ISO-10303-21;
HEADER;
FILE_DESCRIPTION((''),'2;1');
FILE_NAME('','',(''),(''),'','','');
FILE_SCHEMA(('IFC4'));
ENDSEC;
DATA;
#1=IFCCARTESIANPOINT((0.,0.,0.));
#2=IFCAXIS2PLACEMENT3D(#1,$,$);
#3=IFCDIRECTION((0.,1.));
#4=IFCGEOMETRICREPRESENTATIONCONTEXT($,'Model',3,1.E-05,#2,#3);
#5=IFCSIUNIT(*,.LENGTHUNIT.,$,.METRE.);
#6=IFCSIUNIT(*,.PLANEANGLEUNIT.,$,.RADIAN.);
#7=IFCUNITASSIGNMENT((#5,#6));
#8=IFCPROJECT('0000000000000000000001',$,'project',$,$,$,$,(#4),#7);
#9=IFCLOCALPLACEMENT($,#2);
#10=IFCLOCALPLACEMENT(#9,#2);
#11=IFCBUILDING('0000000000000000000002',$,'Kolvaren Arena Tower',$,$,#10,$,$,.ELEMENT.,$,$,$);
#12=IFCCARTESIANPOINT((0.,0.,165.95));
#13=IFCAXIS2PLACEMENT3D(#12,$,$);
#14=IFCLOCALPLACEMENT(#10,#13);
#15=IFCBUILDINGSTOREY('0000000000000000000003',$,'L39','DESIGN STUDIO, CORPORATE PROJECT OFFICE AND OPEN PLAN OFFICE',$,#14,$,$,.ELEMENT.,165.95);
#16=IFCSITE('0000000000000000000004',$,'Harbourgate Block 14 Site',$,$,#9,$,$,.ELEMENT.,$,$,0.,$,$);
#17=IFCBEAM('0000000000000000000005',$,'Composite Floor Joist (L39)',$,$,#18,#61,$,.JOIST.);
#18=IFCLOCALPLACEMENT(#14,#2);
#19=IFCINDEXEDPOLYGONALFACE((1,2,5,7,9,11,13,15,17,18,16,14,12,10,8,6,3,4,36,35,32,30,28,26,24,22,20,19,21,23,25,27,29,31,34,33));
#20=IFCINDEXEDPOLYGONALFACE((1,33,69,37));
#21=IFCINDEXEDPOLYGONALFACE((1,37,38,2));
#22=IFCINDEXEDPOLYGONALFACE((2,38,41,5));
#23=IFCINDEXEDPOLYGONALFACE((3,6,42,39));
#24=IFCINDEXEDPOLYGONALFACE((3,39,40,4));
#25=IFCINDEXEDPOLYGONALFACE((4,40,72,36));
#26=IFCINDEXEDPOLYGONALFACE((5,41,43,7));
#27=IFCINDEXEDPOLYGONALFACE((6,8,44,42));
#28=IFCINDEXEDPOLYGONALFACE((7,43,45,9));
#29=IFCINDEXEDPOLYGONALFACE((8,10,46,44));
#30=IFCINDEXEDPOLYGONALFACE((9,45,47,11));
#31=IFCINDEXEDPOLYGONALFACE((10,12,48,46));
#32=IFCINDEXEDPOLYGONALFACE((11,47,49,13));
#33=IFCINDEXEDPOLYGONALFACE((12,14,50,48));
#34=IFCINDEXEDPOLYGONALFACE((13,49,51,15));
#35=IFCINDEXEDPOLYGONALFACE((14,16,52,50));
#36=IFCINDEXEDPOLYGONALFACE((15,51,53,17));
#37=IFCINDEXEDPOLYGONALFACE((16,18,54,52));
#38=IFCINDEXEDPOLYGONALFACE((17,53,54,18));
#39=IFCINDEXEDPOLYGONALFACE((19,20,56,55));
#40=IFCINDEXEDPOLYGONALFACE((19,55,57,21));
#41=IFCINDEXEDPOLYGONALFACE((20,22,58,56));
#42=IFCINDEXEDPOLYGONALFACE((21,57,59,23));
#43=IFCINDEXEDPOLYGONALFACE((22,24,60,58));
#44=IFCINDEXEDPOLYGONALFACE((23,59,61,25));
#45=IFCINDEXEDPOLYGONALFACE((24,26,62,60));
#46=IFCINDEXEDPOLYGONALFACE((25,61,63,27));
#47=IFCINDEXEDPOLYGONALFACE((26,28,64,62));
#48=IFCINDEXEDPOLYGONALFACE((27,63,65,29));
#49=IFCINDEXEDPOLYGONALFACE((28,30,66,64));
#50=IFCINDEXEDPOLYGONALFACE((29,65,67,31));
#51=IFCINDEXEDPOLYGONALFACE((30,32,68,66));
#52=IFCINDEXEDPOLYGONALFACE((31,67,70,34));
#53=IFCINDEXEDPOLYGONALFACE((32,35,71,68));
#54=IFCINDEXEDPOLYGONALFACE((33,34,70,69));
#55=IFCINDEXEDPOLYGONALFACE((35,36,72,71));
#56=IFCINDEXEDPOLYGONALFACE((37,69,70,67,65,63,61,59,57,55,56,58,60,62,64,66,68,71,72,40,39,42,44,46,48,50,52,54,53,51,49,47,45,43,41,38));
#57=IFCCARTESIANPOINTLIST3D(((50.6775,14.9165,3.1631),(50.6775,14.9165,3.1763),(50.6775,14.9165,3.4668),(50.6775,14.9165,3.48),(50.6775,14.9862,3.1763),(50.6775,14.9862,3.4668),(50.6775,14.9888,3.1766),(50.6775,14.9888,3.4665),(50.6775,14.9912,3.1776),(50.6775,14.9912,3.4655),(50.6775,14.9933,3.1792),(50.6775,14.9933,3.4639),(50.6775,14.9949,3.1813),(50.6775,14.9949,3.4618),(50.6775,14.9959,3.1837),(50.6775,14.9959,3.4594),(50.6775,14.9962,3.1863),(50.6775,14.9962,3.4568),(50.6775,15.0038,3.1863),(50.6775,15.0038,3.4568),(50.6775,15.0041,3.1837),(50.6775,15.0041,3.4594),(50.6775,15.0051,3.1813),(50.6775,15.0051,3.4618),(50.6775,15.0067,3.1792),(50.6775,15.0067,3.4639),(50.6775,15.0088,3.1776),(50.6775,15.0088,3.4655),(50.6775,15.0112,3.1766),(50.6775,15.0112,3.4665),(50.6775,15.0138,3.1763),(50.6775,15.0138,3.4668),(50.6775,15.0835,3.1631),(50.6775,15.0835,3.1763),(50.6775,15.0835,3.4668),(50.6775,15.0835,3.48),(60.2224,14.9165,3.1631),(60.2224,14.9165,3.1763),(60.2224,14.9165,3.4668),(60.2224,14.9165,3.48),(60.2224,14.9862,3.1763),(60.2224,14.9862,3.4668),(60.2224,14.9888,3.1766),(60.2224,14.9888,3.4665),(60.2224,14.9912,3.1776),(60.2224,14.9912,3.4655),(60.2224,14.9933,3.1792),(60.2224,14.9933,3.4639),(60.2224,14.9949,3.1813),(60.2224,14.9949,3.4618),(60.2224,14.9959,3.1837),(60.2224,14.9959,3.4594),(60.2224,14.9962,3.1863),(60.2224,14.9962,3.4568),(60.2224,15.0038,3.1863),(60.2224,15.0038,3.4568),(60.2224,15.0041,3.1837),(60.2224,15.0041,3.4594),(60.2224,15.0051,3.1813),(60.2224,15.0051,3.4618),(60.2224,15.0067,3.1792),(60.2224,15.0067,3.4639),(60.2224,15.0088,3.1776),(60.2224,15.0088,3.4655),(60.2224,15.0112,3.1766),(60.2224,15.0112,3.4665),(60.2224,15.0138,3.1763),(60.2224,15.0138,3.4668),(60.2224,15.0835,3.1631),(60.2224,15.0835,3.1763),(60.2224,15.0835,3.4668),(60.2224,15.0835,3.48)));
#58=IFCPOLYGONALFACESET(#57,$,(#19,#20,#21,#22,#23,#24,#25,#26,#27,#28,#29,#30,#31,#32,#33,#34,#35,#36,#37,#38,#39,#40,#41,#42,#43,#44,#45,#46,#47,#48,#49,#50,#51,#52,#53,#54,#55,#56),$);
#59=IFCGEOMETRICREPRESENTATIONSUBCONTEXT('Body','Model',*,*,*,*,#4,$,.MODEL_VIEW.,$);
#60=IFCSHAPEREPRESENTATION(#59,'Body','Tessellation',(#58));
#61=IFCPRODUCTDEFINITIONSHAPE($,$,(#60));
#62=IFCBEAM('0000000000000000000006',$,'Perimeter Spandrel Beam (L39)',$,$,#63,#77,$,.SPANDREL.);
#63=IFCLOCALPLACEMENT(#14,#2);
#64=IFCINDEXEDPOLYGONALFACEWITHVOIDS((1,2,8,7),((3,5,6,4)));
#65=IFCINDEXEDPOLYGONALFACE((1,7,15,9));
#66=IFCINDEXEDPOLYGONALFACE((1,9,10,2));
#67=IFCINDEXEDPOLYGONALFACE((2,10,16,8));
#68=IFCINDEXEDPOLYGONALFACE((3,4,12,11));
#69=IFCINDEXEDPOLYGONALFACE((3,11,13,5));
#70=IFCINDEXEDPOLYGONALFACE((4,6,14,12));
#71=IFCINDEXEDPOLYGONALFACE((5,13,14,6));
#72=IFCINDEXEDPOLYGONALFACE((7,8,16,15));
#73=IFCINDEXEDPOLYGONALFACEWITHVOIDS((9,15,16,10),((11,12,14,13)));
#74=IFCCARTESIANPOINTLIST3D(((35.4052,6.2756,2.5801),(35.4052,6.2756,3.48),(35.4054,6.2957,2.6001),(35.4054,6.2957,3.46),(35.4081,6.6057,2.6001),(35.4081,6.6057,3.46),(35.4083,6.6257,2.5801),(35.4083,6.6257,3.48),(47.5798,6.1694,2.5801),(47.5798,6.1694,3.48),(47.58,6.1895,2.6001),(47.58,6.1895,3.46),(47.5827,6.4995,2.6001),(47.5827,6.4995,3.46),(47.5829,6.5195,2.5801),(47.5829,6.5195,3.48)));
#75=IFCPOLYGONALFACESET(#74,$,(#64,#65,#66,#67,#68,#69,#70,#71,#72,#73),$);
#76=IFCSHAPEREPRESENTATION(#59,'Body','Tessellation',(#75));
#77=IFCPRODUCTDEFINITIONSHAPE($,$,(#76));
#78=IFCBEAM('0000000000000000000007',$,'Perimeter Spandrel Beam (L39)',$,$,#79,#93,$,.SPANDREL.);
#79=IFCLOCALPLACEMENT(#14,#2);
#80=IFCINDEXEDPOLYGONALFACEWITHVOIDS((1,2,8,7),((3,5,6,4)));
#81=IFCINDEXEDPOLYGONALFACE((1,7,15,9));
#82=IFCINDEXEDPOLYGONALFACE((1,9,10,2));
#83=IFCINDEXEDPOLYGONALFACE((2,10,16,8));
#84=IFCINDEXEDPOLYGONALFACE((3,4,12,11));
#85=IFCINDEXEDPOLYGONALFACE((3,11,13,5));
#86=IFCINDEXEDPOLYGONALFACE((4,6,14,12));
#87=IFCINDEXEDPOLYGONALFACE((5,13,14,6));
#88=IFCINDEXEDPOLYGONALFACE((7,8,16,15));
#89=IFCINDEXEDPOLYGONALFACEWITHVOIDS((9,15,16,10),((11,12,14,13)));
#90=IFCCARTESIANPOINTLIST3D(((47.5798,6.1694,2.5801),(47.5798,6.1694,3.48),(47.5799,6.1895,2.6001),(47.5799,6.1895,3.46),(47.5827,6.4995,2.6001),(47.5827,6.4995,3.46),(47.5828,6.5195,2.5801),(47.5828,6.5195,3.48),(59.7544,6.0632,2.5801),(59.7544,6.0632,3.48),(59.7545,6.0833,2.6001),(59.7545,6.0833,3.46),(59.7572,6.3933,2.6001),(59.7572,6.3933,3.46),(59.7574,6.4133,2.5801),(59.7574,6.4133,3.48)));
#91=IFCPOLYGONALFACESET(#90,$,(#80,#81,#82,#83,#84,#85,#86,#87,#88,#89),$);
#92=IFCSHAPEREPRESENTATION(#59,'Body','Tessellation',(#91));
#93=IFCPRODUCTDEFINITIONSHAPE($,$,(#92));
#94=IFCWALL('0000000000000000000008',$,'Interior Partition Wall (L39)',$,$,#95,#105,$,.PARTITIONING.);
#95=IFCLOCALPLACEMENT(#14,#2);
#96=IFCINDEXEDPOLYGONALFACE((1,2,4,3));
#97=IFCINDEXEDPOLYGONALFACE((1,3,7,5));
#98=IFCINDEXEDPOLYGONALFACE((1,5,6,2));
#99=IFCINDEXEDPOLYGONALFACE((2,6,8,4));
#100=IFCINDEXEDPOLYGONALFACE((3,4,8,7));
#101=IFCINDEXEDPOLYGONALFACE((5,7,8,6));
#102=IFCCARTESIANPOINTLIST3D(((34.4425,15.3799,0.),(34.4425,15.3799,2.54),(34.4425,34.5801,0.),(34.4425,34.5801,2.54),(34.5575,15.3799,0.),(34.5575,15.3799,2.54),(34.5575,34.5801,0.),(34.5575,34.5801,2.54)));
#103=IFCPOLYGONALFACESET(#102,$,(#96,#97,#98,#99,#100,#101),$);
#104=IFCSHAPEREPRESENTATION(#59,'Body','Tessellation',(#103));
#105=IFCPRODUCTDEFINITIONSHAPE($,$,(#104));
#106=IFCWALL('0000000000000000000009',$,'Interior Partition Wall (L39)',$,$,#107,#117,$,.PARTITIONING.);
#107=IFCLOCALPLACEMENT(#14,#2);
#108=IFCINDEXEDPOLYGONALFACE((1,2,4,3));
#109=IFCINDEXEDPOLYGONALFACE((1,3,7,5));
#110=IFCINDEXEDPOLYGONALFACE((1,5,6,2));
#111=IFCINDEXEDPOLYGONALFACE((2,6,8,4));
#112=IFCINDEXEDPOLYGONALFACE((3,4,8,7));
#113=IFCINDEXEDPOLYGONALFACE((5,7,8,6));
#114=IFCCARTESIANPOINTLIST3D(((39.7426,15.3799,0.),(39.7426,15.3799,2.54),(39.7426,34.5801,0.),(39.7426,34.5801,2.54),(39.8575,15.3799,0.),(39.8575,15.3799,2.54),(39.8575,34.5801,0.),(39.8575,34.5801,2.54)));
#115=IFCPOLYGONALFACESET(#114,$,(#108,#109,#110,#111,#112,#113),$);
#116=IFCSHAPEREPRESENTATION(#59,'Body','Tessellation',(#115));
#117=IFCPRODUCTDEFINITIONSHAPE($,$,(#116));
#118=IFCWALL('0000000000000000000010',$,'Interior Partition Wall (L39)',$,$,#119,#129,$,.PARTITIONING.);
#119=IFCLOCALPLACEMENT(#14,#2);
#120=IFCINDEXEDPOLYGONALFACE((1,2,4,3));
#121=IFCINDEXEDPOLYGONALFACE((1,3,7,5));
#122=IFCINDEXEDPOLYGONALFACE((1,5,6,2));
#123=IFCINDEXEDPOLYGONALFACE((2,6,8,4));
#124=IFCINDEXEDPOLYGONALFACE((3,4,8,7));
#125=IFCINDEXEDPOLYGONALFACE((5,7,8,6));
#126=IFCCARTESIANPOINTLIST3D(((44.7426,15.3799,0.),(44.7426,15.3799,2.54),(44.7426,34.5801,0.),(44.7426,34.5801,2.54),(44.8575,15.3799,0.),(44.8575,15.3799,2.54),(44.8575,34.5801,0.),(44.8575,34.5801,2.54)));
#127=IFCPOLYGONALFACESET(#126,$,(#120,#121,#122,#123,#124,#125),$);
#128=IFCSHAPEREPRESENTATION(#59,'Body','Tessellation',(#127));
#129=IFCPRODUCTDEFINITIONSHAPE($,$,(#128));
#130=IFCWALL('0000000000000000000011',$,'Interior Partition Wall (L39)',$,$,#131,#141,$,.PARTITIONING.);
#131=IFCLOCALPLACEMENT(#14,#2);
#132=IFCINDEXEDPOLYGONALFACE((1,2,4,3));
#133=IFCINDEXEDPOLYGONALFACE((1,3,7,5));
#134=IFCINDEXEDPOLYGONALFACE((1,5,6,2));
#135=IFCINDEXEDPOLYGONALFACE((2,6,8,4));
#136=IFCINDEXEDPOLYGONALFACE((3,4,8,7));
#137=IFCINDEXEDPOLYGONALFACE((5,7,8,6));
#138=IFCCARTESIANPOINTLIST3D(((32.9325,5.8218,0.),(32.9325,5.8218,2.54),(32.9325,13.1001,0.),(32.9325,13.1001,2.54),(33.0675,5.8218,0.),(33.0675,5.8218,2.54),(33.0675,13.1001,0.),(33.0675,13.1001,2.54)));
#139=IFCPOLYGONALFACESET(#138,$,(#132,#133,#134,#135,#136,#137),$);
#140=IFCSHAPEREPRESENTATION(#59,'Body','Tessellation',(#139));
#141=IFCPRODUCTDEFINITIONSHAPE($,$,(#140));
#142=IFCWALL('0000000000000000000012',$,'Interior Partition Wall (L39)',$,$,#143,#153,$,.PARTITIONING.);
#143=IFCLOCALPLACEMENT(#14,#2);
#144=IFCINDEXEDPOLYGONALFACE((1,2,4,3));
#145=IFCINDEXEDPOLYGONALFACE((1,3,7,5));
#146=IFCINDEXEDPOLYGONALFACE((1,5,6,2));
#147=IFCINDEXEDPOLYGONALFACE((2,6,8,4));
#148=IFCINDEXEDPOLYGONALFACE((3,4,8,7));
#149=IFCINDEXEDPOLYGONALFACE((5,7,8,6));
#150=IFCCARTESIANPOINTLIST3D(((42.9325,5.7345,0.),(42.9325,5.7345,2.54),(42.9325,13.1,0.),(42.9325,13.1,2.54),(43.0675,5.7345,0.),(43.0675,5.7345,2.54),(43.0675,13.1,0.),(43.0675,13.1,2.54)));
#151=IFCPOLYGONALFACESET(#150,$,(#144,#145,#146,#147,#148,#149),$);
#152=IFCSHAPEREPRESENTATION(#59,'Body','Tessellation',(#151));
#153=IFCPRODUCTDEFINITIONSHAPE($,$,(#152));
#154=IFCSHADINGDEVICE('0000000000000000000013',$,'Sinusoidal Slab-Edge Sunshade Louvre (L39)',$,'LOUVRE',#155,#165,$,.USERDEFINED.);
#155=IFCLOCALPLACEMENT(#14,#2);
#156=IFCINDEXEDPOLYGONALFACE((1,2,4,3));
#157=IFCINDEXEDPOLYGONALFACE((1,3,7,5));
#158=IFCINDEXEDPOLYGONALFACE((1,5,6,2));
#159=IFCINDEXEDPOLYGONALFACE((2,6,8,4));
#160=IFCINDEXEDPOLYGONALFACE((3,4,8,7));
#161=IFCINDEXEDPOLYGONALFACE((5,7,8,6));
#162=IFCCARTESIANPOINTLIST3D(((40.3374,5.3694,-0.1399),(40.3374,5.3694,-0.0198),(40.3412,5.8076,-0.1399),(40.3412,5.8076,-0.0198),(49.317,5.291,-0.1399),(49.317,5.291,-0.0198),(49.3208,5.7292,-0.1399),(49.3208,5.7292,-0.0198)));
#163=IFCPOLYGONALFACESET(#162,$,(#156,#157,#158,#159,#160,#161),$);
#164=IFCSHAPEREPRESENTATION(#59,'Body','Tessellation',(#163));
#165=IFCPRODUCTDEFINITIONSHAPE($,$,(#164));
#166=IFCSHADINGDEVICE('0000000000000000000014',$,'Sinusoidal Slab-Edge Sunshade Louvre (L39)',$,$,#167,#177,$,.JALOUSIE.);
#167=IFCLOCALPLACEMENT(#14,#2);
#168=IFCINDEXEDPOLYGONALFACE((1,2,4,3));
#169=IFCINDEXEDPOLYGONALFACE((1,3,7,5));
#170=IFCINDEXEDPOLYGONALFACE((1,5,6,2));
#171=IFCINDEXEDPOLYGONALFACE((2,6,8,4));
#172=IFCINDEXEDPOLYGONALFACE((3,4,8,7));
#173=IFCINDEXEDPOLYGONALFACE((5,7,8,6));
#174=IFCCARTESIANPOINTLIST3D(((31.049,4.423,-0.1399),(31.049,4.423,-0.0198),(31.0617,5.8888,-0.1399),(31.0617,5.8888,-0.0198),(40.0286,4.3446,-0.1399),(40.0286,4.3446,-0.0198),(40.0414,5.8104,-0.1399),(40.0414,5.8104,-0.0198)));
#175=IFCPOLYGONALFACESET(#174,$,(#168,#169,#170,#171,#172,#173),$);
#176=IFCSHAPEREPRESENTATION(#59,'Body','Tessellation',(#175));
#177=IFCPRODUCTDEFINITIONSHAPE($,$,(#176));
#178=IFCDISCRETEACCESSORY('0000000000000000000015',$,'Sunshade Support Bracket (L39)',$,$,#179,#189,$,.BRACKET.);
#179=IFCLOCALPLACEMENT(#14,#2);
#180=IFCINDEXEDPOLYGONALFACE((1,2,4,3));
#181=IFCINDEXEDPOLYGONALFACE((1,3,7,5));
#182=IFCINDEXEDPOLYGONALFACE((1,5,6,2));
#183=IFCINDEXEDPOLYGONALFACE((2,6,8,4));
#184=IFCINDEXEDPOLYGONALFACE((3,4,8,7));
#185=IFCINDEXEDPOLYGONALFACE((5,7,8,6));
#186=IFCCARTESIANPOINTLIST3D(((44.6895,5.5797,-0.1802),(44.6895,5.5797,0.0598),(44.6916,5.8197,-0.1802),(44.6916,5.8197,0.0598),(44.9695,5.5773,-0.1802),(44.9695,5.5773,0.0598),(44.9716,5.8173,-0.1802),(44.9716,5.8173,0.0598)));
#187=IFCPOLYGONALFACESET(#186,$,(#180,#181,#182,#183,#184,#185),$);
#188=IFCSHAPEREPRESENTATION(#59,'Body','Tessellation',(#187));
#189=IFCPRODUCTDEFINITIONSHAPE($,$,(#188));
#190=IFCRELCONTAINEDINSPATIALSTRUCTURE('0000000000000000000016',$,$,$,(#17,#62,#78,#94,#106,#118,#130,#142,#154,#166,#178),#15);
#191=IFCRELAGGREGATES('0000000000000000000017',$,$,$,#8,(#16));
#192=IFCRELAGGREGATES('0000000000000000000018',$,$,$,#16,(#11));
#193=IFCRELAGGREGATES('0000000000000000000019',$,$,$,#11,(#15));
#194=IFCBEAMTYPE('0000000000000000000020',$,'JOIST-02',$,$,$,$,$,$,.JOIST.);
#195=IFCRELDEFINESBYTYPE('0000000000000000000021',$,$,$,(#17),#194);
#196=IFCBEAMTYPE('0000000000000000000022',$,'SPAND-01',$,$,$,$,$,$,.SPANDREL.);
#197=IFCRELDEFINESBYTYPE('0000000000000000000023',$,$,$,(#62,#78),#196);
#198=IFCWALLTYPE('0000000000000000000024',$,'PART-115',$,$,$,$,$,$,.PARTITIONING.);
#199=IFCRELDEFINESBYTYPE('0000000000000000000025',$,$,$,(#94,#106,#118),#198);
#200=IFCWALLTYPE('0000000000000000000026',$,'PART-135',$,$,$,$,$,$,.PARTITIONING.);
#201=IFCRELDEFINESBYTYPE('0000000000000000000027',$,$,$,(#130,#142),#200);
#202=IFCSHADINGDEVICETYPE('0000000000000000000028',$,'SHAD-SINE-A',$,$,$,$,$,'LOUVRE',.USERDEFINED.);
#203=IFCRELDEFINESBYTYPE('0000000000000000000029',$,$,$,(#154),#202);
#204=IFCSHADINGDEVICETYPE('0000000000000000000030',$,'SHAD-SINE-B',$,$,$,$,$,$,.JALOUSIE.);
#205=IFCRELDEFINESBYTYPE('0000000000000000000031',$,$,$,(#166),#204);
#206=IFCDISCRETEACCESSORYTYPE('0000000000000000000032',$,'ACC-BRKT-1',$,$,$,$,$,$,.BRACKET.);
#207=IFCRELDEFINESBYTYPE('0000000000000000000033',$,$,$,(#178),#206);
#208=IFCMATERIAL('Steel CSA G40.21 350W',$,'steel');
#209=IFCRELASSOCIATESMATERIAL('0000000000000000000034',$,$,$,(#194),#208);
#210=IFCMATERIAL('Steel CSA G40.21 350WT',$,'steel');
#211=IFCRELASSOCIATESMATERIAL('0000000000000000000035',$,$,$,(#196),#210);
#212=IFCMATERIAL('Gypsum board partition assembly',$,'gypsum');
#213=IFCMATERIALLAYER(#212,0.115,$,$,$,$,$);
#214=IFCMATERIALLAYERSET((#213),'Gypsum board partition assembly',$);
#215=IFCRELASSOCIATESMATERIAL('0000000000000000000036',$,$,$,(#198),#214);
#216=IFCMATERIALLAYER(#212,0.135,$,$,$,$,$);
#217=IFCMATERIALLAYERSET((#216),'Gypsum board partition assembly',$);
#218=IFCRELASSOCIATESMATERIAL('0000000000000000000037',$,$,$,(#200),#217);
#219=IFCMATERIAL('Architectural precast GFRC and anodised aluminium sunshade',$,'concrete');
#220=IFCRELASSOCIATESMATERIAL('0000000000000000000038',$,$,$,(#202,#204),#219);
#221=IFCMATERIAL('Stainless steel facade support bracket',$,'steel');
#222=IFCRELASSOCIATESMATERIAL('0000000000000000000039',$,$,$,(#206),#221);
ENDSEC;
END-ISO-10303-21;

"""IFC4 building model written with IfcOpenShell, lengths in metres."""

from ifc_helpers import new_model, si_unit, direction, frame, frame_2d, origin, origin_2d, place, context, subcontext, project, spatial, rectangle, hollow_rectangle, i_section, extrude, material, layer, layer_set, material_profile, profile_set, type_object, element, save


model = new_model("IFC4")

# Units and contexts
model_context = context("Model", 3, precision=1e-05, world=origin(), true_north=direction((0.0, 1.0)))
body_context = subcontext(model_context, "Body", "Model", "MODEL_VIEW")
ifc_project = project(units=[si_unit("LENGTHUNIT", "METRE"), si_unit("PLANEANGLEUNIT", "RADIAN")], contexts=[model_context])

# Site, building, storey
site_placement = place(None, origin())
site = spatial("IfcSite", under=ifc_project, at=site_placement, Name="Harbourgate Block 14 Site", CompositionType="ELEMENT", RefElevation=0.0)
building_placement = place(site_placement, origin())
building = spatial("IfcBuilding", under=site, at=building_placement, Name="Kolvaren Arena Tower", CompositionType="ELEMENT")
storey_placement = place(building_placement, frame((0.0, 0.0, 165.95)))
storey = spatial("IfcBuildingStorey", under=building, at=storey_placement, Name="L39", Description="DESIGN STUDIO, CORPORATE PROJECT OFFICE AND OPEN PLAN OFFICE", CompositionType="ELEMENT", Elevation=165.95)

# Beams
ifc_material_1 = material(Name="Steel CSA G40.21 350W", Category="steel")
ifc_material_profile_1 = material_profile(ifc_material_1, i_section(OverallWidth=0.167, OverallDepth=0.3169, WebThickness=0.0076, FlangeThickness=0.0132, FilletRadius=0.01, at=origin_2d()), Name="W310x52")
ifc_profile_set_1 = profile_set([ifc_material_profile_1], Name="Steel CSA G40.21 350W")
beam_type_1 = type_object("IfcBeamType", Name="JOIST-02", PredefinedType="JOIST", material=ifc_profile_set_1)
beam_1_placement = place(storey_placement, frame((50.6775, 15.0, 3.3215), z_axis=(1.0, 0.0, 0.0), x_axis=(0.0, 1.0, 0.0)))
element("IfcBeam", 1, at=beam_1_placement, inside=storey, type_object=beam_type_1, Name="Composite Floor Joist (L39)", PredefinedType="JOIST", context=body_context, shape_type="SweptSolid", body=[
    extrude(i_section(OverallWidth=0.167, OverallDepth=0.3169, WebThickness=0.0076, FlangeThickness=0.0132, FilletRadius=0.01, at=origin_2d()), origin(), (0.0, 0.0, 1.0), 9.5449),
])
ifc_material_2 = material(Name="Steel CSA G40.21 350WT", Category="steel")
ifc_material_profile_2 = material_profile(ifc_material_2, hollow_rectangle(XDim=0.3501, YDim=0.8999, WallThickness=0.02, at=origin_2d()), Name="HSS 900x350x20")
ifc_profile_set_2 = profile_set([ifc_material_profile_2], Name="Steel CSA G40.21 350WT")
beam_type_2 = type_object("IfcBeamType", Name="SPAND-01", PredefinedType="SPANDREL", material=ifc_profile_set_2)
for number, where, z_axis, x_axis, name in (
    (2, (35.4067, 6.4507, 3.03), (0.999962, -0.008723, 0.0), (0.008723, 0.999962, 0.0), "Perimeter Spandrel Beam (L39)"),
    (3, (47.5813, 6.3445, 3.03), (0.999962, -0.008723, 0.0), (0.008723, 0.999962, 0.0), "Perimeter Spandrel Beam (L39)"),
):
    element("IfcBeam", number, at=place(storey_placement, frame(where, z_axis=z_axis, x_axis=x_axis)), inside=storey, type_object=beam_type_2, Name=name, PredefinedType="SPANDREL", context=body_context, shape_type="SweptSolid", body=[
        extrude(hollow_rectangle(XDim=0.3501, YDim=0.8999, WallThickness=0.02, at=origin_2d()), origin(), (0.0, 0.0, 1.0), 12.175),
    ])

# Walls
ifc_material_3 = material(Name="Gypsum board partition assembly", Category="gypsum")
ifc_layer_1 = layer(ifc_material_3, 0.115)
ifc_layer_set_1 = layer_set([ifc_layer_1], Name="Gypsum board partition assembly")
wall_type_1 = type_object("IfcWallType", Name="PART-115", PredefinedType="PARTITIONING", material=ifc_layer_set_1)
for number, where, z_axis, x_axis, name in (
    (4, (34.5, 15.3799, 0.0), (0.0, 0.0, 1.0), (0.0, 1.0, 0.0), "Interior Partition Wall (L39)"),
    (5, (39.8, 15.3799, 0.0), (0.0, 0.0, 1.0), (0.0, 1.0, 0.0), "Interior Partition Wall (L39)"),
    (6, (44.8, 15.3799, 0.0), (0.0, 0.0, 1.0), (0.0, 1.0, 0.0), "Interior Partition Wall (L39)"),
):
    element("IfcWall", number, at=place(storey_placement, frame(where, z_axis=z_axis, x_axis=x_axis)), inside=storey, type_object=wall_type_1, Name=name, PredefinedType="PARTITIONING", context=body_context, shape_type="SweptSolid", body=[
        extrude(rectangle(XDim=19.2002, YDim=0.115, at=frame_2d((9.6001, 0.0))), origin(), (0.0, 0.0, 1.0), 2.54),
    ])
ifc_layer_2 = layer(ifc_material_3, 0.135)
ifc_layer_set_2 = layer_set([ifc_layer_2], Name="Gypsum board partition assembly")
wall_type_2 = type_object("IfcWallType", Name="PART-135", PredefinedType="PARTITIONING", material=ifc_layer_set_2)
wall_1_placement = place(storey_placement, frame((33.0, 5.8218, 0.0), z_axis=(0.0, 0.0, 1.0), x_axis=(0.0, 1.0, 0.0)))
element("IfcWall", 7, at=wall_1_placement, inside=storey, type_object=wall_type_2, Name="Interior Partition Wall (L39)", PredefinedType="PARTITIONING", context=body_context, shape_type="SweptSolid", body=[
    extrude(rectangle(XDim=7.2783, YDim=0.135, at=frame_2d((3.6392, 0.0))), origin(), (0.0, 0.0, 1.0), 2.54),
])
wall_2_placement = place(storey_placement, frame((43.0, 5.7346, 0.0), z_axis=(0.0, 0.0, 1.0), x_axis=(0.0, 1.0, 0.0)))
element("IfcWall", 8, at=wall_2_placement, inside=storey, type_object=wall_type_2, Name="Interior Partition Wall (L39)", PredefinedType="PARTITIONING", context=body_context, shape_type="SweptSolid", body=[
    extrude(rectangle(XDim=7.3655, YDim=0.135, at=frame_2d((3.6826, 0.0))), origin(), (0.0, 0.0, 1.0), 2.54),
])

# Shading devices
ifc_material_4 = material(Name="Architectural precast GFRC and anodised aluminium sunshade", Category="concrete")
shading_device_type_1 = type_object("IfcShadingDeviceType", Name="SHAD-SINE-A", ElementType="LOUVRE", PredefinedType="USERDEFINED", material=ifc_material_4)
shading_device_1_placement = place(storey_placement, frame((44.8291, 5.5493, -0.1399), z_axis=(0.0, 0.0, 1.0), x_axis=(-0.999962, 0.008727, 0.0)))
element("IfcShadingDevice", 9, at=shading_device_1_placement, inside=storey, type_object=shading_device_type_1, Name="Sinusoidal Slab-Edge Sunshade Louvre (L39)", ObjectType="LOUVRE", PredefinedType="USERDEFINED", context=body_context, shape_type="SweptSolid", body=[
    extrude(rectangle(XDim=8.98, YDim=0.4382, at=origin_2d()), origin(), (0.0, 0.0, 1.0), 0.1201),
])
shading_device_type_2 = type_object("IfcShadingDeviceType", Name="SHAD-SINE-B", PredefinedType="JALOUSIE", material=ifc_material_4)
shading_device_2_placement = place(storey_placement, frame((35.5452, 5.1167, -0.1399), z_axis=(0.0, 0.0, 1.0), x_axis=(-0.999962, 0.008727, 0.0)))
element("IfcShadingDevice", 10, at=shading_device_2_placement, inside=storey, type_object=shading_device_type_2, Name="Sinusoidal Slab-Edge Sunshade Louvre (L39)", PredefinedType="JALOUSIE", context=body_context, shape_type="SweptSolid", body=[
    extrude(rectangle(XDim=8.98, YDim=1.4658, at=origin_2d()), origin(), (0.0, 0.0, 1.0), 0.1201),
])

# Discrete accessory
ifc_material_5 = material(Name="Stainless steel facade support bracket", Category="steel")
discrete_accessory_type = type_object("IfcDiscreteAccessoryType", Name="ACC-BRKT-1", PredefinedType="BRACKET", material=ifc_material_5)
for number, where, z_axis, x_axis, name in (
    (11, (44.8306, 5.6985, -0.1802), (0.0, 0.0, 1.0), (-0.999962, 0.008727, 0.0), "Sunshade Support Bracket (L39)"),
):
    element("IfcDiscreteAccessory", number, at=place(storey_placement, frame(where, z_axis=z_axis, x_axis=x_axis)), inside=storey, type_object=discrete_accessory_type, Name=name, PredefinedType="BRACKET", context=body_context, shape_type="SweptSolid", body=[
        extrude(rectangle(XDim=0.28, YDim=0.24, at=origin_2d()), origin(), (0.0, 0.0, 1.0), 0.24),
    ])

save(model, "model.ifc")
